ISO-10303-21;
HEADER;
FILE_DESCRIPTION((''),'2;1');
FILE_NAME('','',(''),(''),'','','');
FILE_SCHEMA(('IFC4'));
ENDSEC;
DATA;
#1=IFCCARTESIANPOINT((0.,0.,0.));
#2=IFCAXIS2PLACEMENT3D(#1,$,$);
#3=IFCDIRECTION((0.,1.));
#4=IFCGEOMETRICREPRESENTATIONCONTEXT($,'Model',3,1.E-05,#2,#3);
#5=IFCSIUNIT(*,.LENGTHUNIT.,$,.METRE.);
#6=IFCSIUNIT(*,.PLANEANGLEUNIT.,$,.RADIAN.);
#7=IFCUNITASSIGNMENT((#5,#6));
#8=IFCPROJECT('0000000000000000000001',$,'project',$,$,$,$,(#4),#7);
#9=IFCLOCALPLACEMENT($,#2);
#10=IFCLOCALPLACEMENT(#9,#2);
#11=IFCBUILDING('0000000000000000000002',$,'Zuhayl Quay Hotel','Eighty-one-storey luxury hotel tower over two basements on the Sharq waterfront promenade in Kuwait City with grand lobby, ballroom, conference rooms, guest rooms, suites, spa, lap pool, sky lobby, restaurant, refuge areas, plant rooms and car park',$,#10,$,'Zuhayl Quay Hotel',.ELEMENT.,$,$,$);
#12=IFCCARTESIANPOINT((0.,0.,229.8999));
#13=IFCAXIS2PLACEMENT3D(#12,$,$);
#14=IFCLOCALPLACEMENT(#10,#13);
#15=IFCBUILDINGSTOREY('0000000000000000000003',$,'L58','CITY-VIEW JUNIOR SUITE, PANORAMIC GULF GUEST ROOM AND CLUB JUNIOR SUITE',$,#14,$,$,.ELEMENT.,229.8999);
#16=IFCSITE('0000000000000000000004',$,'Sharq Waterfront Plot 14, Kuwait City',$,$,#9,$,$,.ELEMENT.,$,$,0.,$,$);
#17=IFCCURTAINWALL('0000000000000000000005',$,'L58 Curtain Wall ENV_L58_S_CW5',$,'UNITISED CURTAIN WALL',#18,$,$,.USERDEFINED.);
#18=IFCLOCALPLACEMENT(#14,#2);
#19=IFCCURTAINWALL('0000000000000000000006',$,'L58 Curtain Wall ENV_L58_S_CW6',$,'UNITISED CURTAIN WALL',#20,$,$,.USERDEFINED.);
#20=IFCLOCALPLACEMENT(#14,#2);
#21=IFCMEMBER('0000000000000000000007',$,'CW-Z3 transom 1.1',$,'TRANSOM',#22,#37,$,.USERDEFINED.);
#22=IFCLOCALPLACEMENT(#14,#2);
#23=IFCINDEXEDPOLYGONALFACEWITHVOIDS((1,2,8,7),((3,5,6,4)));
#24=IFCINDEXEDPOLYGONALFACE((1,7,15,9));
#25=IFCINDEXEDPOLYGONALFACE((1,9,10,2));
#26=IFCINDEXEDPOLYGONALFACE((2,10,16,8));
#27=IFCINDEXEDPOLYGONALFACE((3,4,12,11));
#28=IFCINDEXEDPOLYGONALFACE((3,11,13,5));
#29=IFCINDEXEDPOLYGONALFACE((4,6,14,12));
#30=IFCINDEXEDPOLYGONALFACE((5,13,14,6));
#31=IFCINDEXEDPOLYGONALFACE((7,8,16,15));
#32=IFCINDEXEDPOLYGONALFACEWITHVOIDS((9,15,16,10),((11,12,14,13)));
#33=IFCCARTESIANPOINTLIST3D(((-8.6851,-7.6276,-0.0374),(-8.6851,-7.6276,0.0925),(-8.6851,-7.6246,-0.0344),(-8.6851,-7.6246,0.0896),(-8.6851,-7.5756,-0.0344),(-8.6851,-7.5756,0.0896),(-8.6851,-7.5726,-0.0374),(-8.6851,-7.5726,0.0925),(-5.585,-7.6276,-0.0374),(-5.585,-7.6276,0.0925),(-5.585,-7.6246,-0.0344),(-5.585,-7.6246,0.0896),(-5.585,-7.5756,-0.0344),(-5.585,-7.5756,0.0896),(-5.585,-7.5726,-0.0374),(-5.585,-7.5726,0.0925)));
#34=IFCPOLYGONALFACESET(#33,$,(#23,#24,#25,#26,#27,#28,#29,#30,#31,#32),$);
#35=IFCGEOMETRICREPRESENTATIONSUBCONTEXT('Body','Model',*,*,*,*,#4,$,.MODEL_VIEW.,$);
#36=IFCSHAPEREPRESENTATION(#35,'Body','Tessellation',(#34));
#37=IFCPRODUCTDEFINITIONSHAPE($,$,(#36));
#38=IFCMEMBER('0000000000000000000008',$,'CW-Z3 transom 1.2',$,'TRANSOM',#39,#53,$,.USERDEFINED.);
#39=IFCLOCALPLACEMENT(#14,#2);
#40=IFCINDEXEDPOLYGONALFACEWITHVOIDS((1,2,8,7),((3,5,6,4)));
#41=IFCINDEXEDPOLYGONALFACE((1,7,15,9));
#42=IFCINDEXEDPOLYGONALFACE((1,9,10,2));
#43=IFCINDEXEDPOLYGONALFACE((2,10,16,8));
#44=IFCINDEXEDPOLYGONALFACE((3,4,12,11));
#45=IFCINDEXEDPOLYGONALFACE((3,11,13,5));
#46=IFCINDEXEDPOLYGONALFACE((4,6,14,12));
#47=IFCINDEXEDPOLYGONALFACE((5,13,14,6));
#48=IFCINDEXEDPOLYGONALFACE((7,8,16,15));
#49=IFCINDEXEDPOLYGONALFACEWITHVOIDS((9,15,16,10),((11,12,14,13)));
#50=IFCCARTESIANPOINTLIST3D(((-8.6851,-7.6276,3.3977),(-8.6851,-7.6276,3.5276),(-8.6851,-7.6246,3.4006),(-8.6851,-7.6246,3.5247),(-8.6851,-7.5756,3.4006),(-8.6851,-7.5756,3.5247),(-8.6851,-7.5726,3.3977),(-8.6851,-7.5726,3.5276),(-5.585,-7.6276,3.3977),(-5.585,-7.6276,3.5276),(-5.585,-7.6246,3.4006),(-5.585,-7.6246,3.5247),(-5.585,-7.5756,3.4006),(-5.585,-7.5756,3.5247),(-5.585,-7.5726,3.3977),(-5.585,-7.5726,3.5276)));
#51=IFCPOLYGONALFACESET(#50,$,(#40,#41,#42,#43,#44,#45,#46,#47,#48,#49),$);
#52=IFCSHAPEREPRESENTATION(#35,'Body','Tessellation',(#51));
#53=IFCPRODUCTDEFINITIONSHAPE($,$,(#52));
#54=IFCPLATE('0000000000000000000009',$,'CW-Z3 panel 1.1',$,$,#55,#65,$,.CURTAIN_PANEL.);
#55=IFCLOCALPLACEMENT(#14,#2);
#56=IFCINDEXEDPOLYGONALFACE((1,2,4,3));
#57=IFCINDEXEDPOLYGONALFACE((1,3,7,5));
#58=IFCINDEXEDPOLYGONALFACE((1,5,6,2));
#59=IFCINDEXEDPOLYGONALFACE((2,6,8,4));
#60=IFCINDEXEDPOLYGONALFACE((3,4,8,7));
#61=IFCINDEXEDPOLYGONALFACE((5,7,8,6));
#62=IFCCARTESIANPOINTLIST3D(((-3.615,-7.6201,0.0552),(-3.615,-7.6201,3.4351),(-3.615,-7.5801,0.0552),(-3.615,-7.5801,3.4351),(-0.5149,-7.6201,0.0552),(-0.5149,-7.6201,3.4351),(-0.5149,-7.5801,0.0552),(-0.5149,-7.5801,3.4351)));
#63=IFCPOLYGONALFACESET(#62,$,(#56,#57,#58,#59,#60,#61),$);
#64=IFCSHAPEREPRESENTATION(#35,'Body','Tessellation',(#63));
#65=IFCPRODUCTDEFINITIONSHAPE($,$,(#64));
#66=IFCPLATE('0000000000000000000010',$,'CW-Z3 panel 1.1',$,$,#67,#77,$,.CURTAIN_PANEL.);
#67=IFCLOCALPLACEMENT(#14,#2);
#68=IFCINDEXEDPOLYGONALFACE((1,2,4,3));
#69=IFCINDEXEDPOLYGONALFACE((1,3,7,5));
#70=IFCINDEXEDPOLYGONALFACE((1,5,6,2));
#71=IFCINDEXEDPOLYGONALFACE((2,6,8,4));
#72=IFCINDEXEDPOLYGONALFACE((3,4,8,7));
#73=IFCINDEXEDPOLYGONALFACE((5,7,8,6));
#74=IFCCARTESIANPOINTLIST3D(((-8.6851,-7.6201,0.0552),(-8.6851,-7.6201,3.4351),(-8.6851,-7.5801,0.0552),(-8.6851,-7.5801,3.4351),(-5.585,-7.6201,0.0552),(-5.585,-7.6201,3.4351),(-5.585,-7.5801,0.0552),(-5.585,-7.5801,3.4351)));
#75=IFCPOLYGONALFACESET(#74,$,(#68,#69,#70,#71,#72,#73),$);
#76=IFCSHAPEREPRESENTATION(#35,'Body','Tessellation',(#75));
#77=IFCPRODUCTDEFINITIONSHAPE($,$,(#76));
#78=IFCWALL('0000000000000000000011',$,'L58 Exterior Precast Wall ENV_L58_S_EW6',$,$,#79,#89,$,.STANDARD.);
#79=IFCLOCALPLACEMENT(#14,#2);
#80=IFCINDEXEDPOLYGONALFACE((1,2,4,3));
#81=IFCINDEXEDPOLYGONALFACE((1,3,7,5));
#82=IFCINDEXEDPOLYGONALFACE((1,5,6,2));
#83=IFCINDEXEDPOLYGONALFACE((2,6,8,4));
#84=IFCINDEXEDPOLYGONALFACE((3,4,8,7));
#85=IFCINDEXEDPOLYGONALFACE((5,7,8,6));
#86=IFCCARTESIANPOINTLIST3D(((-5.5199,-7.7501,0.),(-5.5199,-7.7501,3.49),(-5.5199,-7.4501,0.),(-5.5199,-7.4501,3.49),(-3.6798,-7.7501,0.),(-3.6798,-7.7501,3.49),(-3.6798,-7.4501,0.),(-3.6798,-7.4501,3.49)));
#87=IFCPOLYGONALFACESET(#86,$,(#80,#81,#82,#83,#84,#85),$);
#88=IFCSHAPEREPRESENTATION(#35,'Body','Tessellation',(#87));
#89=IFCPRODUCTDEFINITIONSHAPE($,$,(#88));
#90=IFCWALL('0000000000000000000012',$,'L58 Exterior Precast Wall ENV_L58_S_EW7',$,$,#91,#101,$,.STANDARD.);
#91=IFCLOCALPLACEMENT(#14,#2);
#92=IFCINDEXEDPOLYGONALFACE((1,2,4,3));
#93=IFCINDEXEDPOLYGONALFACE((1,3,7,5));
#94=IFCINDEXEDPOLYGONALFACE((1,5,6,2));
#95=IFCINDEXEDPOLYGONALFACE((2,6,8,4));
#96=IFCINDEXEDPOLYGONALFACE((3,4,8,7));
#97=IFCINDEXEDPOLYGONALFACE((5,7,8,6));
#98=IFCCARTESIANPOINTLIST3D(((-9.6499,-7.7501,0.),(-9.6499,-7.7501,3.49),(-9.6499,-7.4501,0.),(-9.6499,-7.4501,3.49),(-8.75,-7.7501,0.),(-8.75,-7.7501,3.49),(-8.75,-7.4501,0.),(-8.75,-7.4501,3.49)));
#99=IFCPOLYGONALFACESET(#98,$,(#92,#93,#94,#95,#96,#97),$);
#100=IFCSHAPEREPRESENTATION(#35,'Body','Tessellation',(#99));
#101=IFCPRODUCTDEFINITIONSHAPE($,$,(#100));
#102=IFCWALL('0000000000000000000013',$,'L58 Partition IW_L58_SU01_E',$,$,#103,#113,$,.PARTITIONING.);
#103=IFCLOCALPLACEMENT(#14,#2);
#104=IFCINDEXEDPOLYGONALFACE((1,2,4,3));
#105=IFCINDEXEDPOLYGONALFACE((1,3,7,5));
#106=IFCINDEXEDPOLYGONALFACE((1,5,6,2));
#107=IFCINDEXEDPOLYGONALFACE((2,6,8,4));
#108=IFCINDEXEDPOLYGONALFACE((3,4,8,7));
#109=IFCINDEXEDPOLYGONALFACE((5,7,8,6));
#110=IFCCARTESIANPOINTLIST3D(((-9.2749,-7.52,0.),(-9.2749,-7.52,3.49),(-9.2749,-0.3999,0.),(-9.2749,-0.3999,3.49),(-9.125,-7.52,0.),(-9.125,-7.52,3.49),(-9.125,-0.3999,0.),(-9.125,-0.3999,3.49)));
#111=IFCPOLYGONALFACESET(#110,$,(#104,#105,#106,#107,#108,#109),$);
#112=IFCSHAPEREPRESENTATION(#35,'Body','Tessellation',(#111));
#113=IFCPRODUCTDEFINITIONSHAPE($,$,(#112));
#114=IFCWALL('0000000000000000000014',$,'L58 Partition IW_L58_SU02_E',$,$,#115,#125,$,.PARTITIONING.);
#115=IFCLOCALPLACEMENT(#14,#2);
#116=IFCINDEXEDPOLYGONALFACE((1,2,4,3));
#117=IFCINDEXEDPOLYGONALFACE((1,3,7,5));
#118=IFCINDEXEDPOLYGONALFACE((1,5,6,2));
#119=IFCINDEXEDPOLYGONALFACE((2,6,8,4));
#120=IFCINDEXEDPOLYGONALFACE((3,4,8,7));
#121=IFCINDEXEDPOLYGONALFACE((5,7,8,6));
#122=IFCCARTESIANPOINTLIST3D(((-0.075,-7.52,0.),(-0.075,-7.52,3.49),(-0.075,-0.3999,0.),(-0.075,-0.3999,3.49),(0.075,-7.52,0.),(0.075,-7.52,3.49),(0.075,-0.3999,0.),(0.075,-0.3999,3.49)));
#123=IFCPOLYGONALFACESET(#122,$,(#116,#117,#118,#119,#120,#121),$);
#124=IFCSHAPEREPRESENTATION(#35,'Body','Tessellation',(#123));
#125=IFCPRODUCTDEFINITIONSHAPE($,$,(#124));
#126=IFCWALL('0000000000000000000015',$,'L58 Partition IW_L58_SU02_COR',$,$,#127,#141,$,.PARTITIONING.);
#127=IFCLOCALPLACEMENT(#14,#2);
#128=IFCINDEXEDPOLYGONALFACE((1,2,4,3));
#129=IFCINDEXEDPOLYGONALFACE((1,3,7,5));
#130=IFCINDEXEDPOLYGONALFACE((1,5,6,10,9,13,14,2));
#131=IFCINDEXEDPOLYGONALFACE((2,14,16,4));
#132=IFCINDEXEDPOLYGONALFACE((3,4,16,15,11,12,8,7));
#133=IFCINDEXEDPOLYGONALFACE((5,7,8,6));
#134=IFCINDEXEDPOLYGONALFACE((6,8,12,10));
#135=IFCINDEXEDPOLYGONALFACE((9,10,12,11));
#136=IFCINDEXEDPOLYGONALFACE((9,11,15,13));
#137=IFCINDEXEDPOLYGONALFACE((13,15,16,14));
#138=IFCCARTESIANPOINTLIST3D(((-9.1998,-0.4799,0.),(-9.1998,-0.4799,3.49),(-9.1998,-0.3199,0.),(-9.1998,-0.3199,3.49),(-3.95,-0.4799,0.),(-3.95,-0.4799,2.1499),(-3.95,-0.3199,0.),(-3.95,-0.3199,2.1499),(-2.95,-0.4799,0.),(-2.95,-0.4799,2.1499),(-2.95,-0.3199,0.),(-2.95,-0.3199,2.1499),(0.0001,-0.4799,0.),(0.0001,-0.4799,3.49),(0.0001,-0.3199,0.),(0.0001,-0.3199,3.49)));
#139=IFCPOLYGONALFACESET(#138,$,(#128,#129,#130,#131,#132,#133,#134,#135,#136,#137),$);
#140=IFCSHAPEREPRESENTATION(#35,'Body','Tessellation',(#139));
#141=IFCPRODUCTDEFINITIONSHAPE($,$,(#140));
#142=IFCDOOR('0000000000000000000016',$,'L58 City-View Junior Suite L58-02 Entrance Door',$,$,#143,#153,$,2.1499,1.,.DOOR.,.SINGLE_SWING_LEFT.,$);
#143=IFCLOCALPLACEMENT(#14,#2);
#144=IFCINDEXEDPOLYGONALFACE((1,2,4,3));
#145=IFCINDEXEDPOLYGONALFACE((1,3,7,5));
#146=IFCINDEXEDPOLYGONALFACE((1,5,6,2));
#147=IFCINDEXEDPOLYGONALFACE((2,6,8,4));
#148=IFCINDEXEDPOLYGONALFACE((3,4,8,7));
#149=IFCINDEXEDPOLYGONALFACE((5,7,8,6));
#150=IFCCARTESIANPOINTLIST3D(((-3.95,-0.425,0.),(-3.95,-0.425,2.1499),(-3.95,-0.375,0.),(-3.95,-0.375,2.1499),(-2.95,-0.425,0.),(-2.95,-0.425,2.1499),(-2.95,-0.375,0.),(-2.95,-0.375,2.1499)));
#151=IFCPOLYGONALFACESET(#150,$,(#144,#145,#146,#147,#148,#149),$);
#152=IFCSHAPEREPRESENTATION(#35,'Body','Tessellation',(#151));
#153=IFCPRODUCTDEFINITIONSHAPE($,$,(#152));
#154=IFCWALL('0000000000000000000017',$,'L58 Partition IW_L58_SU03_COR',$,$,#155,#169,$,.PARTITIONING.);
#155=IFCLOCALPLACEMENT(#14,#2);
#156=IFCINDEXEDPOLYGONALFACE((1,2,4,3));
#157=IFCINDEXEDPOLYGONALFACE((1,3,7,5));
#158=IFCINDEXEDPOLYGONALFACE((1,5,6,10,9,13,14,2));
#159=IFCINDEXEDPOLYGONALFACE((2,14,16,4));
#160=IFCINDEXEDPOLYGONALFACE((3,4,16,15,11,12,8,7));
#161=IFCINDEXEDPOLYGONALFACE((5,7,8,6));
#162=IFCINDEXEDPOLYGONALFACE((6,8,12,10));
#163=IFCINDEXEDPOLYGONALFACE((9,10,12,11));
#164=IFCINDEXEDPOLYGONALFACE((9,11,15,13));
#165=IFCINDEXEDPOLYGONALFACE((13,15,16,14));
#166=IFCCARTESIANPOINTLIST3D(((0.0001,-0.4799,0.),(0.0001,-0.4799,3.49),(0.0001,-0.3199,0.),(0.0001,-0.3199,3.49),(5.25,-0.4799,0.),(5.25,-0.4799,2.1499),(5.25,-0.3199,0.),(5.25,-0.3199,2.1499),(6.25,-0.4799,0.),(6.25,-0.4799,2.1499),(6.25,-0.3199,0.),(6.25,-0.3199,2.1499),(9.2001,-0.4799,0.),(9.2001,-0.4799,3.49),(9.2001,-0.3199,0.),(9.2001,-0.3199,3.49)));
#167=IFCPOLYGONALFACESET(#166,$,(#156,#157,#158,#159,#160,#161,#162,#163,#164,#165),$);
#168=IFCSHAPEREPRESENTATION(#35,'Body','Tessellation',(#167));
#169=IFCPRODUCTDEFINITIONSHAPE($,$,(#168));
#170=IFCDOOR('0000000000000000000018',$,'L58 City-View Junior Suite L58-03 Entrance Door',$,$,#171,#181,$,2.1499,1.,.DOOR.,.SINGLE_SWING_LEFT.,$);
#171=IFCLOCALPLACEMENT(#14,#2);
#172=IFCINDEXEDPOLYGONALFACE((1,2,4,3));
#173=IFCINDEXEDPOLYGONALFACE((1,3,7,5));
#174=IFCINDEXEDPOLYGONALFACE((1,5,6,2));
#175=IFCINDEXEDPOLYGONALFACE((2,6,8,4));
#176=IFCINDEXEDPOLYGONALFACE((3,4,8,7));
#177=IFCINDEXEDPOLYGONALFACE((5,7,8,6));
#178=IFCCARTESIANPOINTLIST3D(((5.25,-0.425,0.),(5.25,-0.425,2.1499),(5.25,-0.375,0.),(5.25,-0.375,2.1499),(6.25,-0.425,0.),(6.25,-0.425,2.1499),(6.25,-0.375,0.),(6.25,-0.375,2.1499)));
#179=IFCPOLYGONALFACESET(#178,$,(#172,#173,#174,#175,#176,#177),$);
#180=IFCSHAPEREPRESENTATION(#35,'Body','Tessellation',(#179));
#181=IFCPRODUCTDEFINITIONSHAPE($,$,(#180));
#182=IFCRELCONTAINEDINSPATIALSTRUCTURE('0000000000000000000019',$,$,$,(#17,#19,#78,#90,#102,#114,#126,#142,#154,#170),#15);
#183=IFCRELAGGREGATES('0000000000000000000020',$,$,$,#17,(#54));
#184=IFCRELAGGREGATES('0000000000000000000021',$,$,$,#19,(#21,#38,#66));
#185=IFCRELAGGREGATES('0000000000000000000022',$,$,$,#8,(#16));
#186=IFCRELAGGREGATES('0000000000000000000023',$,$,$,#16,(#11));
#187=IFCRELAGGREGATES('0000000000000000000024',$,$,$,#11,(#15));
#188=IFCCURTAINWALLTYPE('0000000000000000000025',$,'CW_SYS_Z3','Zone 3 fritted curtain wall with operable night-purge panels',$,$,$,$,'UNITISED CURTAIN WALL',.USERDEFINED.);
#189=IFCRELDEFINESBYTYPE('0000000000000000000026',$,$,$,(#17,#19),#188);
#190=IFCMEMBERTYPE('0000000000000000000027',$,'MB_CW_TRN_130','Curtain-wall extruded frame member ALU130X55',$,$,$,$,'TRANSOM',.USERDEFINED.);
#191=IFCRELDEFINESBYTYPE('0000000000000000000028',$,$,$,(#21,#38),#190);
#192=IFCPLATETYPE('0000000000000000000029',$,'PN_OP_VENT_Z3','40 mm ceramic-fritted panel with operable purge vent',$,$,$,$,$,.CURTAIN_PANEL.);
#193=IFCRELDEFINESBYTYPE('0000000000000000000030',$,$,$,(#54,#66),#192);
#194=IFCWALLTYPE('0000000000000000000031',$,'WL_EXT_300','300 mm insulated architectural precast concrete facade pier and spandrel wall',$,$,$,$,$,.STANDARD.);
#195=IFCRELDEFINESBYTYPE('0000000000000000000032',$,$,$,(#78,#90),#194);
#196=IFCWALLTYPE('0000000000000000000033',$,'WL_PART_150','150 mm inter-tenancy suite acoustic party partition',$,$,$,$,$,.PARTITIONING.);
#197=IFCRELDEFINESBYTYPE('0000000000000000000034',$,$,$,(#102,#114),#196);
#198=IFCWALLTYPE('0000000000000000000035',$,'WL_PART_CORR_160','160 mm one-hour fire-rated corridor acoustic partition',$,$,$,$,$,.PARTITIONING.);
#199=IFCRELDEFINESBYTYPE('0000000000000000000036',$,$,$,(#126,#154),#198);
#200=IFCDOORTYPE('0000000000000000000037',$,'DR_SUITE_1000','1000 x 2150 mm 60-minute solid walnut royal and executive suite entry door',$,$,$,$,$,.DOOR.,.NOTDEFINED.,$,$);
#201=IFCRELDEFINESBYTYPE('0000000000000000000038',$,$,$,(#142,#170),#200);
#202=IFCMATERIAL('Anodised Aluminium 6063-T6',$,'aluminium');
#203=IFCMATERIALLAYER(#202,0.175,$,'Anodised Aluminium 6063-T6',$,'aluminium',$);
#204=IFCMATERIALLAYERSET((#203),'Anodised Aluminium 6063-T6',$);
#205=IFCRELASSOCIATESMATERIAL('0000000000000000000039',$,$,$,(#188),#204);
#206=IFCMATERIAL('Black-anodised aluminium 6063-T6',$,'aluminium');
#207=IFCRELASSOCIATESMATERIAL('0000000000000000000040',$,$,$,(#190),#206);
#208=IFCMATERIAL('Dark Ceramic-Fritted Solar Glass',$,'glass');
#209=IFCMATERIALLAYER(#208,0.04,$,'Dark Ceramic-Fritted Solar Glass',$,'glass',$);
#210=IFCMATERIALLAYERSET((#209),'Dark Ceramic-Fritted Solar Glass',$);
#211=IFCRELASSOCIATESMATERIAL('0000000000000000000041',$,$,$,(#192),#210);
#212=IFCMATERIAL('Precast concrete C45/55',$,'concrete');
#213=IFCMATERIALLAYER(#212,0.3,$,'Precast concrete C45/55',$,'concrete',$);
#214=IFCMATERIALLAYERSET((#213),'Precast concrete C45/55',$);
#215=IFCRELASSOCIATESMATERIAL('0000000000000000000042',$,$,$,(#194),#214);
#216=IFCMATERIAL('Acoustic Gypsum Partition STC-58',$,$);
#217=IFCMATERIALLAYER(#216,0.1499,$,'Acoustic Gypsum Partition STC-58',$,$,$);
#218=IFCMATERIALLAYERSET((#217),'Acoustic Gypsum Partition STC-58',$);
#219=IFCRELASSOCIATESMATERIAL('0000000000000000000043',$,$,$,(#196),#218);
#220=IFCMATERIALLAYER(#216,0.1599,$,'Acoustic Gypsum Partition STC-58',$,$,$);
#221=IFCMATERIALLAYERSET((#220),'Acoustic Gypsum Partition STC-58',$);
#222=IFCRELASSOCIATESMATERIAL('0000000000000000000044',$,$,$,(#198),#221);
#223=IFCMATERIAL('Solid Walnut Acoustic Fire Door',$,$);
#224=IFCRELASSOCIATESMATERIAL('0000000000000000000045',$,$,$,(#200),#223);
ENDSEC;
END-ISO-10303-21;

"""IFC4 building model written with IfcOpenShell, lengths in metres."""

from ifc_helpers import new_model, si_unit, direction, frame, frame_2d, origin, origin_2d, place, context, subcontext, project, spatial, rectangle, hollow_rectangle, extrude, material, layer, layer_set, material_profile, profile_set, type_object, element, fill, aggregate, save


model = new_model("IFC4")

# Units and contexts
model_context = context("Model", 3, precision=1e-05, world=origin(), true_north=direction((0.0, 1.0)))
body_context = subcontext(model_context, "Body", "Model", "MODEL_VIEW")
ifc_project = project(units=[si_unit("LENGTHUNIT", "METRE"), si_unit("PLANEANGLEUNIT", "RADIAN")], contexts=[model_context])

# Site, building, storey
site_placement = place(None, origin())
site = spatial("IfcSite", under=ifc_project, at=site_placement, Name="Sharq Waterfront Plot 14, Kuwait City", CompositionType="ELEMENT", RefElevation=0.0)
building_placement = place(site_placement, origin())
building = spatial("IfcBuilding", under=site, at=building_placement, Name="Zuhayl Quay Hotel", Description="Eighty-one-storey luxury hotel tower over two basements on the Sharq waterfront promenade in Kuwait City with grand lobby, ballroom, conference rooms, guest rooms, suites, spa, lap pool, sky lobby, restaurant, refuge areas, plant rooms and car park", LongName="Zuhayl Quay Hotel", CompositionType="ELEMENT")
storey_placement = place(building_placement, frame((0.0, 0.0, 229.8999)))
storey = spatial("IfcBuildingStorey", under=building, at=storey_placement, Name="L58", Description="CITY-VIEW JUNIOR SUITE, PANORAMIC GULF GUEST ROOM AND CLUB JUNIOR SUITE", CompositionType="ELEMENT", Elevation=229.8999)

# Curtain walls
ifc_material_1 = material(Name="Anodised Aluminium 6063-T6", Category="aluminium")
ifc_layer_1 = layer(ifc_material_1, 0.175, Name="Anodised Aluminium 6063-T6", Category="aluminium")
ifc_layer_set_1 = layer_set([ifc_layer_1], Name="Anodised Aluminium 6063-T6")
curtain_wall_type = type_object("IfcCurtainWallType", Name="CW_SYS_Z3", Description="Zone 3 fritted curtain wall with operable night-purge panels", ElementType="UNITISED CURTAIN WALL", PredefinedType="USERDEFINED", material=ifc_layer_set_1)
curtain_wall_1_placement = place(storey_placement, origin())
curtain_wall_1 = element("IfcCurtainWall", 1, at=curtain_wall_1_placement, inside=storey, type_object=curtain_wall_type, Name="L58 Curtain Wall ENV_L58_S_CW5", ObjectType="UNITISED CURTAIN WALL", PredefinedType="USERDEFINED")
ifc_material_2 = material(Name="Black-anodised aluminium 6063-T6", Category="aluminium")
curtain_wall_2_placement = place(storey_placement, origin())
curtain_wall_2 = element("IfcCurtainWall", 2, at=curtain_wall_2_placement, inside=storey, type_object=curtain_wall_type, Name="L58 Curtain Wall ENV_L58_S_CW6", ObjectType="UNITISED CURTAIN WALL", PredefinedType="USERDEFINED")

# Members
ifc_material_profile_1 = material_profile(ifc_material_2, hollow_rectangle(XDim=0.0549, YDim=0.1299, WallThickness=0.0029, at=origin_2d()), Name="ALU130X55")
ifc_profile_set_1 = profile_set([ifc_material_profile_1], Name="Black-anodised aluminium 6063-T6")
member_type_1 = type_object("IfcMemberType", Name="MB_CW_TRN_130", Description="Curtain-wall extruded frame member ALU130X55", ElementType="TRANSOM", PredefinedType="USERDEFINED", material=ifc_profile_set_1)
member_1_placement = place(storey_placement, frame((-5.585, -7.6001, 0.0276), z_axis=(-1.0, 0.0, 0.0), x_axis=(0.0, -1.0, 0.0)))
member_1 = element("IfcMember", 3, at=member_1_placement, type_object=member_type_1, Name="CW-Z3 transom 1.1", ObjectType="TRANSOM", PredefinedType="USERDEFINED", context=body_context, shape_type="SweptSolid", body=[
    extrude(hollow_rectangle(XDim=0.0549, YDim=0.1299, WallThickness=0.0029, at=origin_2d()), origin(), (0.0, 0.0, 1.0), 3.1001),
])
member_2_placement = place(storey_placement, frame((-5.585, -7.6001, 3.4626), z_axis=(-1.0, 0.0, 0.0), x_axis=(0.0, -1.0, 0.0)))
member_2 = element("IfcMember", 4, at=member_2_placement, type_object=member_type_1, Name="CW-Z3 transom 1.2", ObjectType="TRANSOM", PredefinedType="USERDEFINED", context=body_context, shape_type="SweptSolid", body=[
    extrude(hollow_rectangle(XDim=0.0549, YDim=0.1299, WallThickness=0.0029, at=origin_2d()), origin(), (0.0, 0.0, 1.0), 3.1001),
])

# Plates
ifc_material_3 = material(Name="Dark Ceramic-Fritted Solar Glass", Category="glass")
ifc_layer_2 = layer(ifc_material_3, 0.04, Name="Dark Ceramic-Fritted Solar Glass", Category="glass")
ifc_layer_set_2 = layer_set([ifc_layer_2], Name="Dark Ceramic-Fritted Solar Glass")
plate_type = type_object("IfcPlateType", Name="PN_OP_VENT_Z3", Description="40 mm ceramic-fritted panel with operable purge vent", PredefinedType="CURTAIN_PANEL", material=ifc_layer_set_2)
plate_1_placement = place(storey_placement, frame((-2.0649, -7.6001, 0.0552), z_axis=(0.0, 0.0, 1.0), x_axis=(-1.0, 0.0, 0.0)))
plate_1 = element("IfcPlate", 5, at=plate_1_placement, type_object=plate_type, Name="CW-Z3 panel 1.1", PredefinedType="CURTAIN_PANEL", context=body_context, shape_type="SweptSolid", body=[
    extrude(rectangle(XDim=3.1001, YDim=0.04, at=origin_2d()), origin(), (0.0, 0.0, 1.0), 3.3799),
])
aggregate(curtain_wall_1, [plate_1])
plate_2_placement = place(storey_placement, frame((-7.135, -7.6001, 0.0552), z_axis=(0.0, 0.0, 1.0), x_axis=(-1.0, 0.0, 0.0)))
plate_2 = element("IfcPlate", 6, at=plate_2_placement, type_object=plate_type, Name="CW-Z3 panel 1.1", PredefinedType="CURTAIN_PANEL", context=body_context, shape_type="SweptSolid", body=[
    extrude(rectangle(XDim=3.1001, YDim=0.04, at=origin_2d()), origin(), (0.0, 0.0, 1.0), 3.3799),
])
aggregate(curtain_wall_2, [member_1, member_2, plate_2])

# Walls
ifc_material_4 = material(Name="Precast concrete C45/55", Category="concrete")
ifc_layer_3 = layer(ifc_material_4, 0.3, Name="Precast concrete C45/55", Category="concrete")
ifc_layer_set_3 = layer_set([ifc_layer_3], Name="Precast concrete C45/55")
wall_type_1 = type_object("IfcWallType", Name="WL_EXT_300", Description="300 mm insulated architectural precast concrete facade pier and spandrel wall", PredefinedType="STANDARD", material=ifc_layer_set_3)
wall_1_placement = place(storey_placement, frame((-3.6799, -7.6001, 0.0), z_axis=(0.0, 0.0, 1.0), x_axis=(-1.0, 0.0, 0.0)))
element("IfcWall", 7, at=wall_1_placement, inside=storey, type_object=wall_type_1, Name="L58 Exterior Precast Wall ENV_L58_S_EW6", PredefinedType="STANDARD", context=body_context, shape_type="SweptSolid", body=[
    extrude(rectangle(XDim=1.8401, YDim=0.3, at=frame_2d((0.9199, 0.0))), origin(), (0.0, 0.0, 1.0), 3.49),
])
wall_2_placement = place(storey_placement, frame((-8.75, -7.6001, 0.0), z_axis=(0.0, 0.0, 1.0), x_axis=(-1.0, 0.0, 0.0)))
element("IfcWall", 8, at=wall_2_placement, inside=storey, type_object=wall_type_1, Name="L58 Exterior Precast Wall ENV_L58_S_EW7", PredefinedType="STANDARD", context=body_context, shape_type="SweptSolid", body=[
    extrude(rectangle(XDim=0.8999, YDim=0.3, at=frame_2d((0.45, 0.0))), origin(), (0.0, 0.0, 1.0), 3.49),
])
ifc_material_5 = material(Name="Acoustic Gypsum Partition STC-58")
ifc_layer_4 = layer(ifc_material_5, 0.1499, Name="Acoustic Gypsum Partition STC-58")
ifc_layer_set_4 = layer_set([ifc_layer_4], Name="Acoustic Gypsum Partition STC-58")
wall_type_2 = type_object("IfcWallType", Name="WL_PART_150", Description="150 mm inter-tenancy suite acoustic party partition", PredefinedType="PARTITIONING", material=ifc_layer_set_4)
for number, where, z_axis, x_axis, name in (
    (9, (-9.2, -7.52, 0.0), (0.0, 0.0, 1.0), (0.0, 1.0, 0.0), "L58 Partition IW_L58_SU01_E"),
    (10, (0.0, -7.52, 0.0), (0.0, 0.0, 1.0), (0.0, 1.0, 0.0), "L58 Partition IW_L58_SU02_E"),
):
    element("IfcWall", number, at=place(storey_placement, frame(where, z_axis=z_axis, x_axis=x_axis)), inside=storey, type_object=wall_type_2, Name=name, PredefinedType="PARTITIONING", context=body_context, shape_type="SweptSolid", body=[
        extrude(rectangle(XDim=7.1201, YDim=0.1499, at=frame_2d((3.5601, 0.0))), origin(), (0.0, 0.0, 1.0), 3.49),
    ])

# Walls, openings, doors
ifc_layer_5 = layer(ifc_material_5, 0.1599, Name="Acoustic Gypsum Partition STC-58")
ifc_layer_set_5 = layer_set([ifc_layer_5], Name="Acoustic Gypsum Partition STC-58")
wall_type_3 = type_object("IfcWallType", Name="WL_PART_CORR_160", Description="160 mm one-hour fire-rated corridor acoustic partition", PredefinedType="PARTITIONING", material=ifc_layer_set_5)
wall_3_placement = place(storey_placement, frame((-9.2, -0.3999, 0.0), z_axis=(0.0, 0.0, 1.0), x_axis=(1.0, 0.0, 0.0)))
wall_3 = element("IfcWall", 11, at=wall_3_placement, inside=storey, type_object=wall_type_3, Name="L58 Partition IW_L58_SU02_COR", PredefinedType="PARTITIONING", context=body_context, shape_type="SweptSolid", body=[
    extrude(rectangle(XDim=9.2, YDim=0.1599, at=frame_2d((4.6001, 0.0))), origin(), (0.0, 0.0, 1.0), 3.49),
])
opening_1_placement = place(wall_3_placement, frame((5.25, 0.0, 0.0)))
opening_1 = element("IfcOpeningElement", 12, at=opening_1_placement, cuts=wall_3, PredefinedType="OPENING", context=body_context, shape_type="SweptSolid", body=[
    extrude(rectangle(XDim=1.0, YDim=2.1499, at=frame_2d((0.5, 1.075))), frame((0.0, 0.0898, 0.0), z_axis=(0.0, -1.0, 0.0), x_axis=(1.0, 0.0, 0.0)), (0.0, 0.0, 1.0), 0.1799),
])
ifc_material_6 = material(Name="Solid Walnut Acoustic Fire Door")
door_type_1 = type_object("IfcDoorType", Name="DR_SUITE_1000", Description="1000 x 2150 mm 60-minute solid walnut royal and executive suite entry door", OperationType="NOTDEFINED", PredefinedType="DOOR", material=ifc_material_6)
door_1_placement = place(opening_1_placement, origin())
door_1 = element("IfcDoor", 13, at=door_1_placement, inside=storey, type_object=door_type_1, Name="L58 City-View Junior Suite L58-02 Entrance Door", OperationType="SINGLE_SWING_LEFT", OverallHeight=2.1499, OverallWidth=1.0, PredefinedType="DOOR", context=body_context, shape_type="SweptSolid", body=[
    extrude(rectangle(XDim=1.0, YDim=2.1499, at=frame_2d((0.5, 1.075))), frame((0.0, 0.0249, 0.0), z_axis=(0.0, -1.0, 0.0), x_axis=(1.0, 0.0, 0.0)), (0.0, 0.0, 1.0), 0.05),
])
fill(opening_1, door_1)
wall_4_placement = place(storey_placement, frame((0.0, -0.3999, 0.0), z_axis=(0.0, 0.0, 1.0), x_axis=(1.0, 0.0, 0.0)))
wall_4 = element("IfcWall", 14, at=wall_4_placement, inside=storey, type_object=wall_type_3, Name="L58 Partition IW_L58_SU03_COR", PredefinedType="PARTITIONING", context=body_context, shape_type="SweptSolid", body=[
    extrude(rectangle(XDim=9.2, YDim=0.1599, at=frame_2d((4.6001, 0.0))), origin(), (0.0, 0.0, 1.0), 3.49),
])
opening_2_placement = place(wall_4_placement, frame((5.25, 0.0, 0.0)))
opening_2 = element("IfcOpeningElement", 15, at=opening_2_placement, cuts=wall_4, PredefinedType="OPENING", context=body_context, shape_type="SweptSolid", body=[
    extrude(rectangle(XDim=1.0, YDim=2.1499, at=frame_2d((0.5, 1.075))), frame((0.0, 0.0898, 0.0), z_axis=(0.0, -1.0, 0.0), x_axis=(1.0, 0.0, 0.0)), (0.0, 0.0, 1.0), 0.1799),
])
door_2_placement = place(opening_2_placement, origin())
door_2 = element("IfcDoor", 16, at=door_2_placement, inside=storey, type_object=door_type_1, Name="L58 City-View Junior Suite L58-03 Entrance Door", OperationType="SINGLE_SWING_LEFT", OverallHeight=2.1499, OverallWidth=1.0, PredefinedType="DOOR", context=body_context, shape_type="SweptSolid", body=[
    extrude(rectangle(XDim=1.0, YDim=2.1499, at=frame_2d((0.5, 1.075))), frame((0.0, 0.0249, 0.0), z_axis=(0.0, -1.0, 0.0), x_axis=(1.0, 0.0, 0.0)), (0.0, 0.0, 1.0), 0.05),
])
fill(opening_2, door_2)

save(model, "model.ifc")
